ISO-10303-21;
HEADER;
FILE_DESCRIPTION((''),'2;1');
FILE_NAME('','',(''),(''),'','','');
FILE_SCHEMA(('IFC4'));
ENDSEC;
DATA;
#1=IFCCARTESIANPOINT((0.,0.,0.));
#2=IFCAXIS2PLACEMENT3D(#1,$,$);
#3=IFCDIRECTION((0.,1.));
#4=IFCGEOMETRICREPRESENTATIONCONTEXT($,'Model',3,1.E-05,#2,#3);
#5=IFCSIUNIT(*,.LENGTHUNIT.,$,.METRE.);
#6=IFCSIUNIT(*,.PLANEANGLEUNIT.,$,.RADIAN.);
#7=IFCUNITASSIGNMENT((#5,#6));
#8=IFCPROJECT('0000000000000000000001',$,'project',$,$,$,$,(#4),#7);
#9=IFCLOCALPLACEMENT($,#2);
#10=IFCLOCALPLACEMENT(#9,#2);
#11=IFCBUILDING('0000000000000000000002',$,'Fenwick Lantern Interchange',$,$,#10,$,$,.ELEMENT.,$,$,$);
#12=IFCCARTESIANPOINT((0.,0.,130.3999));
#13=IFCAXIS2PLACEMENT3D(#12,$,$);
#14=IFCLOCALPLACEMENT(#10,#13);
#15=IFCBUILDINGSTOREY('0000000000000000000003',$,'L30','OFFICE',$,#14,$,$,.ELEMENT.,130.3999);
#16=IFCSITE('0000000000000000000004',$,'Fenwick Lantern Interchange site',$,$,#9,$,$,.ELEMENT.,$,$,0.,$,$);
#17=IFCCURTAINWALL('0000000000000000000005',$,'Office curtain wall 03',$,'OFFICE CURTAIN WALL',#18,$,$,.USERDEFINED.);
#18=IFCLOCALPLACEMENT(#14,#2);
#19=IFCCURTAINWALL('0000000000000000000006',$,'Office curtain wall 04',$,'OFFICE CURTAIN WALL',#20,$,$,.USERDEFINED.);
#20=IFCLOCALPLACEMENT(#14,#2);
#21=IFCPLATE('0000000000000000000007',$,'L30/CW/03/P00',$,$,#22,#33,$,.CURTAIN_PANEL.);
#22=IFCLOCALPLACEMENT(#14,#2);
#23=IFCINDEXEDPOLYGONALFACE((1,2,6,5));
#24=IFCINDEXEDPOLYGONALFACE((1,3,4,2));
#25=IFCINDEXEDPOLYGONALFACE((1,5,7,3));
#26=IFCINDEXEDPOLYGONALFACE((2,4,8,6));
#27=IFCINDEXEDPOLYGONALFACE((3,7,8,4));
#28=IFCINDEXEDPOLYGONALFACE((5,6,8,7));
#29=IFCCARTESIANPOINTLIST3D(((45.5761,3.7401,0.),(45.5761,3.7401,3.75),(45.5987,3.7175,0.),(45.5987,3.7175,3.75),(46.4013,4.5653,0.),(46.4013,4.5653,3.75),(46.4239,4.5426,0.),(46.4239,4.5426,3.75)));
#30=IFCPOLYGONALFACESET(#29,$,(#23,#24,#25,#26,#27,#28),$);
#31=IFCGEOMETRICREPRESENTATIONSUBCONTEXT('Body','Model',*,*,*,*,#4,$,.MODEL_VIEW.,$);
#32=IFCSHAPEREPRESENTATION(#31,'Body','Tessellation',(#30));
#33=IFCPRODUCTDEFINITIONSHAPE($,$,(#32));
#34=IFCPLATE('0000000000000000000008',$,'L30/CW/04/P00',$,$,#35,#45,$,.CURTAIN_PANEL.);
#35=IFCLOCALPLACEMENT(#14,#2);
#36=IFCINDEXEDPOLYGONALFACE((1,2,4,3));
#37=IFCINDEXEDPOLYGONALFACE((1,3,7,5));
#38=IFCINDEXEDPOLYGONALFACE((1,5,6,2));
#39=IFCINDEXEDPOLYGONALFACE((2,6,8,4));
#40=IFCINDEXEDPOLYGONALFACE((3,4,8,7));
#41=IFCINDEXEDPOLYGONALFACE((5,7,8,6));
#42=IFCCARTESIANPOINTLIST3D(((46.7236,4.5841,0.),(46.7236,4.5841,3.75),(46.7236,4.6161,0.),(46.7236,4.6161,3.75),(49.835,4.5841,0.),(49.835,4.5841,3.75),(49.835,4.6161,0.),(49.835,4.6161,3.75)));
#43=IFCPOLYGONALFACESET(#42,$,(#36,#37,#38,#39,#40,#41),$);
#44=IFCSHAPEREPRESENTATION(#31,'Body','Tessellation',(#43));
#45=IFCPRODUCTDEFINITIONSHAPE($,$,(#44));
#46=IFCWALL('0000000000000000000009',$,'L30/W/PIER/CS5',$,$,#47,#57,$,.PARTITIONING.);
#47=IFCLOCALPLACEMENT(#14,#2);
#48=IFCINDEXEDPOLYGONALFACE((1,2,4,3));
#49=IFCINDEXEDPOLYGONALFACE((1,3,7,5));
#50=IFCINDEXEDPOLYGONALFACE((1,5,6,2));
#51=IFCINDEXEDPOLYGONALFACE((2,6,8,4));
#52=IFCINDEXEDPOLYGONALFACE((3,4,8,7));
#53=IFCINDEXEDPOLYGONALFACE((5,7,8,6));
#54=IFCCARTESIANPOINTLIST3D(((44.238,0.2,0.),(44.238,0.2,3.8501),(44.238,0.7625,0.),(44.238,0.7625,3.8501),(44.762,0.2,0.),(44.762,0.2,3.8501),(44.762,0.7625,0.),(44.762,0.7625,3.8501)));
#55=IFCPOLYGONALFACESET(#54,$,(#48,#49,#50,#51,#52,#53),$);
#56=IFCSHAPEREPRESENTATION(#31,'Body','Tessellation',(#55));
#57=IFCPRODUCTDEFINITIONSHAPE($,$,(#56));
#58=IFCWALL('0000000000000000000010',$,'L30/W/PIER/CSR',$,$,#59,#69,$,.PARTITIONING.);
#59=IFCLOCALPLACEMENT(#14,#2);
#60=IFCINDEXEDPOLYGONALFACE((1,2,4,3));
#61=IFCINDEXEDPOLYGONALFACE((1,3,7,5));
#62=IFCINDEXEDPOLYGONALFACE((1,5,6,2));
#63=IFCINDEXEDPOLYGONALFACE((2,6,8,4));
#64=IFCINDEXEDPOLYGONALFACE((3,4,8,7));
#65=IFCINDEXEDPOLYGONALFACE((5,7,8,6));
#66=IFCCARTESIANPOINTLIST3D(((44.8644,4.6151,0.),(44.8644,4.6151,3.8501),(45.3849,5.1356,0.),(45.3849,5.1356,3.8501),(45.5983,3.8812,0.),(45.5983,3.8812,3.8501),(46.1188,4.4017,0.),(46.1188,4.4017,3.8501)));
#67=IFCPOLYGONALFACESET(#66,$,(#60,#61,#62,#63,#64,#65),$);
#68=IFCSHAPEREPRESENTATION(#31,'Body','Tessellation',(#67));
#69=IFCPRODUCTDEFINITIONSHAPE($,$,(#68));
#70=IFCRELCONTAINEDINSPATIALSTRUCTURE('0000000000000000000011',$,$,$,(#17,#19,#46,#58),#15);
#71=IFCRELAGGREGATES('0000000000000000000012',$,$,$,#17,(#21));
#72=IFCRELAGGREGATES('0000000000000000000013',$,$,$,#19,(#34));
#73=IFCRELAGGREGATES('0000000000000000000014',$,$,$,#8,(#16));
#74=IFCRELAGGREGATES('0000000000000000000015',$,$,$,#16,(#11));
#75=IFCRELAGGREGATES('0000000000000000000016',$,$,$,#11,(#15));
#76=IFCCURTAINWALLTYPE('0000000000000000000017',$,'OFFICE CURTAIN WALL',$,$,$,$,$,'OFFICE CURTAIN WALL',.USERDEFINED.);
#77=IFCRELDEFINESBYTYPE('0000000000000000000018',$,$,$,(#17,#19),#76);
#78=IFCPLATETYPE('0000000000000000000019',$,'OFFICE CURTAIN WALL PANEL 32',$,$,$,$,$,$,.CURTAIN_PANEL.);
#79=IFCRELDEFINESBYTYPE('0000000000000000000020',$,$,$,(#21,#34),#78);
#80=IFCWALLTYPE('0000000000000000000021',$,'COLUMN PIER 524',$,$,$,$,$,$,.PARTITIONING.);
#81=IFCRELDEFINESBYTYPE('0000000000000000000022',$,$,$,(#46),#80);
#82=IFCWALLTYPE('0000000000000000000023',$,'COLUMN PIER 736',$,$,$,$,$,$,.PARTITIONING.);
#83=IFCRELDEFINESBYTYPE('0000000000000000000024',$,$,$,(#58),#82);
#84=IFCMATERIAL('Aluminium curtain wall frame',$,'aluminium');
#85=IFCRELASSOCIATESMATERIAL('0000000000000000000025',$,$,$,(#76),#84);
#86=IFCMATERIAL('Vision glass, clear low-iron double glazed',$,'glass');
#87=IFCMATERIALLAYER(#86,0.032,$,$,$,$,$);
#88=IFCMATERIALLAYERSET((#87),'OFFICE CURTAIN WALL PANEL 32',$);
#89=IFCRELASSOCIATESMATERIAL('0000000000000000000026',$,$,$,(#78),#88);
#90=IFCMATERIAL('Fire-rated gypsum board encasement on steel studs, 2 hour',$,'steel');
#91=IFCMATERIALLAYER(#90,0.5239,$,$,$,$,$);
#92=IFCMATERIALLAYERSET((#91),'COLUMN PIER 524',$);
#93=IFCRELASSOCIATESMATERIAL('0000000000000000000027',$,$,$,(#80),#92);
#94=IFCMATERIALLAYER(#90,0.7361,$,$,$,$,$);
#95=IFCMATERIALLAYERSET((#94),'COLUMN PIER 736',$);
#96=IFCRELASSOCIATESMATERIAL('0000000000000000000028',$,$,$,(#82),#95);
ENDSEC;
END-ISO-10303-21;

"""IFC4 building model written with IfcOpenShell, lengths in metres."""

from ifc_helpers import new_model, si_unit, direction, frame, frame_2d, origin, origin_2d, place, context, subcontext, project, spatial, rectangle, extrude, material, layer, layer_set, type_object, element, aggregate, save


model = new_model("IFC4")

# Units and contexts
model_context = context("Model", 3, precision=1e-05, world=origin(), true_north=direction((0.0, 1.0)))
body_context = subcontext(model_context, "Body", "Model", "MODEL_VIEW")
ifc_project = project(units=[si_unit("LENGTHUNIT", "METRE"), si_unit("PLANEANGLEUNIT", "RADIAN")], contexts=[model_context])

# Site, building, storey
site_placement = place(None, origin())
site = spatial("IfcSite", under=ifc_project, at=site_placement, Name="Fenwick Lantern Interchange site", CompositionType="ELEMENT", RefElevation=0.0)
building_placement = place(site_placement, origin())
building = spatial("IfcBuilding", under=site, at=building_placement, Name="Fenwick Lantern Interchange", CompositionType="ELEMENT")
storey_placement = place(building_placement, frame((0.0, 0.0, 130.3999)))
storey = spatial("IfcBuildingStorey", under=building, at=storey_placement, Name="L30", Description="OFFICE", CompositionType="ELEMENT", Elevation=130.3999)

# Shared definitions
ifc_material_1 = material(Name="Aluminium curtain wall frame", Category="aluminium")
curtain_wall_type = type_object("IfcCurtainWallType", Name="OFFICE CURTAIN WALL", ElementType="OFFICE CURTAIN WALL", PredefinedType="USERDEFINED", material=ifc_material_1)

# Curtain walls
curtain_wall_1_placement = place(storey_placement, origin())
curtain_wall_1 = element("IfcCurtainWall", 1, at=curtain_wall_1_placement, inside=storey, type_object=curtain_wall_type, Name="Office curtain wall 03", ObjectType="OFFICE CURTAIN WALL", PredefinedType="USERDEFINED")
curtain_wall_2_placement = place(storey_placement, origin())
curtain_wall_2 = element("IfcCurtainWall", 2, at=curtain_wall_2_placement, inside=storey, type_object=curtain_wall_type, Name="Office curtain wall 04", ObjectType="OFFICE CURTAIN WALL", PredefinedType="USERDEFINED")

# Plates
ifc_material_2 = material(Name="Vision glass, clear low-iron double glazed", Category="glass")
ifc_layer_1 = layer(ifc_material_2, 0.032)
ifc_layer_set_1 = layer_set([ifc_layer_1], Name="OFFICE CURTAIN WALL PANEL 32")
plate_type = type_object("IfcPlateType", Name="OFFICE CURTAIN WALL PANEL 32", PredefinedType="CURTAIN_PANEL", material=ifc_layer_set_1)
plate_1_placement = place(storey_placement, frame((46.0, 4.1414, 0.0), z_axis=(0.0, 0.0, 1.0), x_axis=(0.707107, 0.707107, 0.0)))
plate_1 = element("IfcPlate", 3, at=plate_1_placement, type_object=plate_type, Name="L30/CW/03/P00", PredefinedType="CURTAIN_PANEL", context=body_context, shape_type="SweptSolid", body=[
    extrude(rectangle(XDim=1.167, YDim=0.032, at=origin_2d()), origin(), (0.0, 0.0, 1.0), 3.75),
])
aggregate(curtain_wall_1, [plate_1])
plate_2_placement = place(storey_placement, frame((48.2793, 4.6001, 0.0), z_axis=(0.0, 0.0, 1.0), x_axis=(1.0, 0.0, 0.0)))
plate_2 = element("IfcPlate", 4, at=plate_2_placement, type_object=plate_type, Name="L30/CW/04/P00", PredefinedType="CURTAIN_PANEL", context=body_context, shape_type="SweptSolid", body=[
    extrude(rectangle(XDim=3.1113, YDim=0.032, at=origin_2d()), origin(), (0.0, 0.0, 1.0), 3.75),
])
aggregate(curtain_wall_2, [plate_2])

# Walls
ifc_material_3 = material(Name="Fire-rated gypsum board encasement on steel studs, 2 hour", Category="steel")
ifc_layer_2 = layer(ifc_material_3, 0.5239)
ifc_layer_set_2 = layer_set([ifc_layer_2], Name="COLUMN PIER 524")
wall_type_1 = type_object("IfcWallType", Name="COLUMN PIER 524", PredefinedType="PARTITIONING", material=ifc_layer_set_2)
wall_1_placement = place(storey_placement, frame((44.5, 0.2, 0.0), z_axis=(0.0, 0.0, 1.0), x_axis=(0.0, 1.0, 0.0)))
element("IfcWall", 5, at=wall_1_placement, inside=storey, type_object=wall_type_1, Name="L30/W/PIER/CS5", PredefinedType="PARTITIONING", context=body_context, shape_type="SweptSolid", body=[
    extrude(rectangle(XDim=0.5625, YDim=0.5239, at=frame_2d((0.2812, 0.0))), origin(), (0.0, 0.0, 1.0), 3.8501),
])
ifc_layer_3 = layer(ifc_material_3, 0.7361)
ifc_layer_set_3 = layer_set([ifc_layer_3], Name="COLUMN PIER 736")
wall_type_2 = type_object("IfcWallType", Name="COLUMN PIER 736", PredefinedType="PARTITIONING", material=ifc_layer_set_3)
wall_2_placement = place(storey_placement, frame((45.8586, 4.1414, 0.0), z_axis=(0.0, 0.0, 1.0), x_axis=(-0.707107, 0.707107, 0.0)))
element("IfcWall", 6, at=wall_2_placement, inside=storey, type_object=wall_type_2, Name="L30/W/PIER/CSR", PredefinedType="PARTITIONING", context=body_context, shape_type="SweptSolid", body=[
    extrude(rectangle(XDim=1.0378, YDim=0.7361, at=frame_2d((0.519, 0.0))), origin(), (0.0, 0.0, 1.0), 3.8501),
])

save(model, "model.ifc")
